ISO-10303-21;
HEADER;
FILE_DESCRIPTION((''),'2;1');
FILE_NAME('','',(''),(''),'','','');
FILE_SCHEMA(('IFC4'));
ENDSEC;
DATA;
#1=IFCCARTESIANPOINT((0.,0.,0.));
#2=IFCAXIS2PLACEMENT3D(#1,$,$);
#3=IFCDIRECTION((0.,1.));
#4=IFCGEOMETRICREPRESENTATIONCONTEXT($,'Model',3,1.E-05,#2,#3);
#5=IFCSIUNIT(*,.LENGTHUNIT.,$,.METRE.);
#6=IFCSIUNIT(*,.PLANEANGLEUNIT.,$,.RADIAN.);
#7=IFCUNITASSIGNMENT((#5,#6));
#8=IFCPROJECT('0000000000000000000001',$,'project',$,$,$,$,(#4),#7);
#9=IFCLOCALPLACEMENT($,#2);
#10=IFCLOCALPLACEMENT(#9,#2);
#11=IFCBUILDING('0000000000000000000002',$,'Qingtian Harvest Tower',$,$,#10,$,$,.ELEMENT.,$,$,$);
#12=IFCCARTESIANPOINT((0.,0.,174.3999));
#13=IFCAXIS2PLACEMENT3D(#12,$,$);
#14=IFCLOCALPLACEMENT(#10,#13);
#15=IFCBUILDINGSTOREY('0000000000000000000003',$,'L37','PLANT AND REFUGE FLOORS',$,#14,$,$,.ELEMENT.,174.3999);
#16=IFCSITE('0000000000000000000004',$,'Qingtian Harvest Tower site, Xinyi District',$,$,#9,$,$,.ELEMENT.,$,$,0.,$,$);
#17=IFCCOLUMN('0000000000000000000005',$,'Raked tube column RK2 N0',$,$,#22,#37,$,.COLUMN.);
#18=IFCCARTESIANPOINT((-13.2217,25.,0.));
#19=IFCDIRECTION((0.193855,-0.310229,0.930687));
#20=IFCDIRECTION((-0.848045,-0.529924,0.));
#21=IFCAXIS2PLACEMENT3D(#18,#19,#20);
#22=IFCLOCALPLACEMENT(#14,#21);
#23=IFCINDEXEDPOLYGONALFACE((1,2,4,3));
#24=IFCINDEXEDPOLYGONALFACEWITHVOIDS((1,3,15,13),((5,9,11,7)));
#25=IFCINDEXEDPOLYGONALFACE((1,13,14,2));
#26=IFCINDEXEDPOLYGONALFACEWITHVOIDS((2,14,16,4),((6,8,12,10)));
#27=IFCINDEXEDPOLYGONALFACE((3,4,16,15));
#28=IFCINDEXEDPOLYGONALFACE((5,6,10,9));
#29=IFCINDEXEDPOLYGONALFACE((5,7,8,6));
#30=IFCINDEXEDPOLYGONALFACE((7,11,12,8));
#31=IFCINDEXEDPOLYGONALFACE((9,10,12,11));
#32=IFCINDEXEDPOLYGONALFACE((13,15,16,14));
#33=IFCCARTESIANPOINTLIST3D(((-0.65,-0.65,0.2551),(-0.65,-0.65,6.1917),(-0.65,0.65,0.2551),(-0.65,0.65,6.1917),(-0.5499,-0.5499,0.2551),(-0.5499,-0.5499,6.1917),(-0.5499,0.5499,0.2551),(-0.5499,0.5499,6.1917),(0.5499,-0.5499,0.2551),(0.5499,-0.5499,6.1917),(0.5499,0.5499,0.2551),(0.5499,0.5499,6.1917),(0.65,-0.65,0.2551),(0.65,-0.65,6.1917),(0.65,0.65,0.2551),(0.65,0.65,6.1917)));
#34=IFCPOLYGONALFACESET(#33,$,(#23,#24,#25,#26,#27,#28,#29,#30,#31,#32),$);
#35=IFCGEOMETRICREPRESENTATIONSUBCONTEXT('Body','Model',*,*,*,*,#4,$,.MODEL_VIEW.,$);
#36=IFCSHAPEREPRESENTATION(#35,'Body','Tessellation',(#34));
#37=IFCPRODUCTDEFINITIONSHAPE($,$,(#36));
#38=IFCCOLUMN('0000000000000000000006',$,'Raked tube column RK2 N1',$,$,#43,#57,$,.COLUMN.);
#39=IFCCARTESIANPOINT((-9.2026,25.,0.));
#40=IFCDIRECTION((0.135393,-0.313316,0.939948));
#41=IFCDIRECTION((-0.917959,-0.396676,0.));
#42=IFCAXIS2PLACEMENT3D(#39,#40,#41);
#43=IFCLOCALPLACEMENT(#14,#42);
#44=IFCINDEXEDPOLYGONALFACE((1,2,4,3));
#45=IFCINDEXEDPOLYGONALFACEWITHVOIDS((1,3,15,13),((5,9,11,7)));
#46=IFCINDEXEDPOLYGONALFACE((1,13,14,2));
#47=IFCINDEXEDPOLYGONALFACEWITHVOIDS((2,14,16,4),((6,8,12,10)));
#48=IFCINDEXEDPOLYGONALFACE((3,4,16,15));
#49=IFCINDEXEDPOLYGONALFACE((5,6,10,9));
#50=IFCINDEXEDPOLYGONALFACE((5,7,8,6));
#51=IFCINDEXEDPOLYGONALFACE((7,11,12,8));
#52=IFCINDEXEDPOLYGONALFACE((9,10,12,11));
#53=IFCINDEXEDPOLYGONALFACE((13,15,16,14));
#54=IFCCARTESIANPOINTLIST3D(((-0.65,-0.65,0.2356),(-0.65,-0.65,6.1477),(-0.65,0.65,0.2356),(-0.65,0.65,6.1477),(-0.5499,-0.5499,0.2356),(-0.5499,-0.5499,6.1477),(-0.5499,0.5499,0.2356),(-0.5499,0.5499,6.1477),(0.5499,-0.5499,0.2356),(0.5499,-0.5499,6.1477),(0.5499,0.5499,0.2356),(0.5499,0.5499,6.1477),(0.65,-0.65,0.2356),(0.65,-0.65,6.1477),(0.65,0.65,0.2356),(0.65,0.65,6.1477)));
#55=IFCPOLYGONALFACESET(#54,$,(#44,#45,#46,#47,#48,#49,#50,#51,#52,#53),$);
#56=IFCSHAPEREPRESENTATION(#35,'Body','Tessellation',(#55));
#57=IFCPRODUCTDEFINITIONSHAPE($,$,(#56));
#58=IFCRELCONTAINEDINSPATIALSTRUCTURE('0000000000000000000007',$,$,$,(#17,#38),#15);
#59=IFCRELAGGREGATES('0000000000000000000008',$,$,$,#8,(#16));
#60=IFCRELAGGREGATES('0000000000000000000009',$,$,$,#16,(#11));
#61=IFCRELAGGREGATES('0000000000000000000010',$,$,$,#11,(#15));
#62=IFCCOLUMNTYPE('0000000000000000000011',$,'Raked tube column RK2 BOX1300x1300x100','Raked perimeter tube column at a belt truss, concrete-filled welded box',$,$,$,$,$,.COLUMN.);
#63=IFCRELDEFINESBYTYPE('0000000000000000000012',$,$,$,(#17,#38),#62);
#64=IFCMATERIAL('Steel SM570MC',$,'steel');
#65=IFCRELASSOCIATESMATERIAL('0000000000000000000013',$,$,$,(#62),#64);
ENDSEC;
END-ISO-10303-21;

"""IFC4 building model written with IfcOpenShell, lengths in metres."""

from ifc_helpers import new_model, si_unit, direction, frame, origin, origin_2d, place, context, subcontext, project, spatial, hollow_rectangle, extrude, clip, halfspace, material, material_profile, profile_set, type_object, element, save


model = new_model("IFC4")

# Units and contexts
model_context = context("Model", 3, precision=1e-05, world=origin(), true_north=direction((0.0, 1.0)))
body_context = subcontext(model_context, "Body", "Model", "MODEL_VIEW")
ifc_project = project(units=[si_unit("LENGTHUNIT", "METRE"), si_unit("PLANEANGLEUNIT", "RADIAN")], contexts=[model_context])

# Site, building, storey
site_placement = place(None, origin())
site = spatial("IfcSite", under=ifc_project, at=site_placement, Name="Qingtian Harvest Tower site, Xinyi District", CompositionType="ELEMENT", RefElevation=0.0)
building_placement = place(site_placement, origin())
building = spatial("IfcBuilding", under=site, at=building_placement, Name="Qingtian Harvest Tower", CompositionType="ELEMENT")
storey_placement = place(building_placement, frame((0.0, 0.0, 174.3999)))
storey = spatial("IfcBuildingStorey", under=building, at=storey_placement, Name="L37", Description="PLANT AND REFUGE FLOORS", CompositionType="ELEMENT", Elevation=174.3999)

# Columns
ifc_material_1 = material(Name="Steel SM570MC", Category="steel")
ifc_material_profile_1 = material_profile(ifc_material_1, hollow_rectangle(XDim=1.3, YDim=1.3, WallThickness=0.1001, at=origin_2d()), Name="BOX1300x1300x100")
ifc_profile_set_1 = profile_set([ifc_material_profile_1], Name="Steel SM570MC")
column_type = type_object("IfcColumnType", Name="Raked tube column RK2 BOX1300x1300x100", Description="Raked perimeter tube column at a belt truss, concrete-filled welded box", PredefinedType="COLUMN", material=ifc_profile_set_1)
column_1_placement = place(storey_placement, frame((-13.2217, 25.0, 0.0), z_axis=(0.193855, -0.310229, 0.930687), x_axis=(-0.848045, -0.529924, 0.0)))
element("IfcColumn", 1, at=column_1_placement, inside=storey, type_object=column_type, Name="Raked tube column RK2 N0", PredefinedType="COLUMN", context=body_context, shape_type="Clipping", body=[
    clip(clip(extrude(hollow_rectangle(XDim=1.3, YDim=1.3, WallThickness=0.1001, at=origin_2d()), origin(), (0.0, 0.0, 1.0), 6.4468), halfspace(frame((0.0, 0.0, 0.2551), z_axis=(0.0, 0.0, -1.0), x_axis=(0.0, -1.0, 0.0)), False)), halfspace(frame((0.0, 0.0, 6.1917), z_axis=(0.0, 0.0, 1.0), x_axis=(0.0, 1.0, 0.0)), False)),
])
column_2_placement = place(storey_placement, frame((-9.2026, 25.0, 0.0), z_axis=(0.135393, -0.313316, 0.939948), x_axis=(-0.917959, -0.396676, 0.0)))
element("IfcColumn", 2, at=column_2_placement, inside=storey, type_object=column_type, Name="Raked tube column RK2 N1", PredefinedType="COLUMN", context=body_context, shape_type="Clipping", body=[
    clip(clip(extrude(hollow_rectangle(XDim=1.3, YDim=1.3, WallThickness=0.1001, at=origin_2d()), origin(), (0.0, 0.0, 1.0), 6.3833), halfspace(frame((0.0, 0.0, 0.2356), z_axis=(0.0, 0.0, -1.0), x_axis=(0.0, -1.0, 0.0)), False)), halfspace(frame((0.0, 0.0, 6.1477), z_axis=(0.0, 0.0, 1.0), x_axis=(0.0, 1.0, 0.0)), False)),
])

save(model, "model.ifc")
